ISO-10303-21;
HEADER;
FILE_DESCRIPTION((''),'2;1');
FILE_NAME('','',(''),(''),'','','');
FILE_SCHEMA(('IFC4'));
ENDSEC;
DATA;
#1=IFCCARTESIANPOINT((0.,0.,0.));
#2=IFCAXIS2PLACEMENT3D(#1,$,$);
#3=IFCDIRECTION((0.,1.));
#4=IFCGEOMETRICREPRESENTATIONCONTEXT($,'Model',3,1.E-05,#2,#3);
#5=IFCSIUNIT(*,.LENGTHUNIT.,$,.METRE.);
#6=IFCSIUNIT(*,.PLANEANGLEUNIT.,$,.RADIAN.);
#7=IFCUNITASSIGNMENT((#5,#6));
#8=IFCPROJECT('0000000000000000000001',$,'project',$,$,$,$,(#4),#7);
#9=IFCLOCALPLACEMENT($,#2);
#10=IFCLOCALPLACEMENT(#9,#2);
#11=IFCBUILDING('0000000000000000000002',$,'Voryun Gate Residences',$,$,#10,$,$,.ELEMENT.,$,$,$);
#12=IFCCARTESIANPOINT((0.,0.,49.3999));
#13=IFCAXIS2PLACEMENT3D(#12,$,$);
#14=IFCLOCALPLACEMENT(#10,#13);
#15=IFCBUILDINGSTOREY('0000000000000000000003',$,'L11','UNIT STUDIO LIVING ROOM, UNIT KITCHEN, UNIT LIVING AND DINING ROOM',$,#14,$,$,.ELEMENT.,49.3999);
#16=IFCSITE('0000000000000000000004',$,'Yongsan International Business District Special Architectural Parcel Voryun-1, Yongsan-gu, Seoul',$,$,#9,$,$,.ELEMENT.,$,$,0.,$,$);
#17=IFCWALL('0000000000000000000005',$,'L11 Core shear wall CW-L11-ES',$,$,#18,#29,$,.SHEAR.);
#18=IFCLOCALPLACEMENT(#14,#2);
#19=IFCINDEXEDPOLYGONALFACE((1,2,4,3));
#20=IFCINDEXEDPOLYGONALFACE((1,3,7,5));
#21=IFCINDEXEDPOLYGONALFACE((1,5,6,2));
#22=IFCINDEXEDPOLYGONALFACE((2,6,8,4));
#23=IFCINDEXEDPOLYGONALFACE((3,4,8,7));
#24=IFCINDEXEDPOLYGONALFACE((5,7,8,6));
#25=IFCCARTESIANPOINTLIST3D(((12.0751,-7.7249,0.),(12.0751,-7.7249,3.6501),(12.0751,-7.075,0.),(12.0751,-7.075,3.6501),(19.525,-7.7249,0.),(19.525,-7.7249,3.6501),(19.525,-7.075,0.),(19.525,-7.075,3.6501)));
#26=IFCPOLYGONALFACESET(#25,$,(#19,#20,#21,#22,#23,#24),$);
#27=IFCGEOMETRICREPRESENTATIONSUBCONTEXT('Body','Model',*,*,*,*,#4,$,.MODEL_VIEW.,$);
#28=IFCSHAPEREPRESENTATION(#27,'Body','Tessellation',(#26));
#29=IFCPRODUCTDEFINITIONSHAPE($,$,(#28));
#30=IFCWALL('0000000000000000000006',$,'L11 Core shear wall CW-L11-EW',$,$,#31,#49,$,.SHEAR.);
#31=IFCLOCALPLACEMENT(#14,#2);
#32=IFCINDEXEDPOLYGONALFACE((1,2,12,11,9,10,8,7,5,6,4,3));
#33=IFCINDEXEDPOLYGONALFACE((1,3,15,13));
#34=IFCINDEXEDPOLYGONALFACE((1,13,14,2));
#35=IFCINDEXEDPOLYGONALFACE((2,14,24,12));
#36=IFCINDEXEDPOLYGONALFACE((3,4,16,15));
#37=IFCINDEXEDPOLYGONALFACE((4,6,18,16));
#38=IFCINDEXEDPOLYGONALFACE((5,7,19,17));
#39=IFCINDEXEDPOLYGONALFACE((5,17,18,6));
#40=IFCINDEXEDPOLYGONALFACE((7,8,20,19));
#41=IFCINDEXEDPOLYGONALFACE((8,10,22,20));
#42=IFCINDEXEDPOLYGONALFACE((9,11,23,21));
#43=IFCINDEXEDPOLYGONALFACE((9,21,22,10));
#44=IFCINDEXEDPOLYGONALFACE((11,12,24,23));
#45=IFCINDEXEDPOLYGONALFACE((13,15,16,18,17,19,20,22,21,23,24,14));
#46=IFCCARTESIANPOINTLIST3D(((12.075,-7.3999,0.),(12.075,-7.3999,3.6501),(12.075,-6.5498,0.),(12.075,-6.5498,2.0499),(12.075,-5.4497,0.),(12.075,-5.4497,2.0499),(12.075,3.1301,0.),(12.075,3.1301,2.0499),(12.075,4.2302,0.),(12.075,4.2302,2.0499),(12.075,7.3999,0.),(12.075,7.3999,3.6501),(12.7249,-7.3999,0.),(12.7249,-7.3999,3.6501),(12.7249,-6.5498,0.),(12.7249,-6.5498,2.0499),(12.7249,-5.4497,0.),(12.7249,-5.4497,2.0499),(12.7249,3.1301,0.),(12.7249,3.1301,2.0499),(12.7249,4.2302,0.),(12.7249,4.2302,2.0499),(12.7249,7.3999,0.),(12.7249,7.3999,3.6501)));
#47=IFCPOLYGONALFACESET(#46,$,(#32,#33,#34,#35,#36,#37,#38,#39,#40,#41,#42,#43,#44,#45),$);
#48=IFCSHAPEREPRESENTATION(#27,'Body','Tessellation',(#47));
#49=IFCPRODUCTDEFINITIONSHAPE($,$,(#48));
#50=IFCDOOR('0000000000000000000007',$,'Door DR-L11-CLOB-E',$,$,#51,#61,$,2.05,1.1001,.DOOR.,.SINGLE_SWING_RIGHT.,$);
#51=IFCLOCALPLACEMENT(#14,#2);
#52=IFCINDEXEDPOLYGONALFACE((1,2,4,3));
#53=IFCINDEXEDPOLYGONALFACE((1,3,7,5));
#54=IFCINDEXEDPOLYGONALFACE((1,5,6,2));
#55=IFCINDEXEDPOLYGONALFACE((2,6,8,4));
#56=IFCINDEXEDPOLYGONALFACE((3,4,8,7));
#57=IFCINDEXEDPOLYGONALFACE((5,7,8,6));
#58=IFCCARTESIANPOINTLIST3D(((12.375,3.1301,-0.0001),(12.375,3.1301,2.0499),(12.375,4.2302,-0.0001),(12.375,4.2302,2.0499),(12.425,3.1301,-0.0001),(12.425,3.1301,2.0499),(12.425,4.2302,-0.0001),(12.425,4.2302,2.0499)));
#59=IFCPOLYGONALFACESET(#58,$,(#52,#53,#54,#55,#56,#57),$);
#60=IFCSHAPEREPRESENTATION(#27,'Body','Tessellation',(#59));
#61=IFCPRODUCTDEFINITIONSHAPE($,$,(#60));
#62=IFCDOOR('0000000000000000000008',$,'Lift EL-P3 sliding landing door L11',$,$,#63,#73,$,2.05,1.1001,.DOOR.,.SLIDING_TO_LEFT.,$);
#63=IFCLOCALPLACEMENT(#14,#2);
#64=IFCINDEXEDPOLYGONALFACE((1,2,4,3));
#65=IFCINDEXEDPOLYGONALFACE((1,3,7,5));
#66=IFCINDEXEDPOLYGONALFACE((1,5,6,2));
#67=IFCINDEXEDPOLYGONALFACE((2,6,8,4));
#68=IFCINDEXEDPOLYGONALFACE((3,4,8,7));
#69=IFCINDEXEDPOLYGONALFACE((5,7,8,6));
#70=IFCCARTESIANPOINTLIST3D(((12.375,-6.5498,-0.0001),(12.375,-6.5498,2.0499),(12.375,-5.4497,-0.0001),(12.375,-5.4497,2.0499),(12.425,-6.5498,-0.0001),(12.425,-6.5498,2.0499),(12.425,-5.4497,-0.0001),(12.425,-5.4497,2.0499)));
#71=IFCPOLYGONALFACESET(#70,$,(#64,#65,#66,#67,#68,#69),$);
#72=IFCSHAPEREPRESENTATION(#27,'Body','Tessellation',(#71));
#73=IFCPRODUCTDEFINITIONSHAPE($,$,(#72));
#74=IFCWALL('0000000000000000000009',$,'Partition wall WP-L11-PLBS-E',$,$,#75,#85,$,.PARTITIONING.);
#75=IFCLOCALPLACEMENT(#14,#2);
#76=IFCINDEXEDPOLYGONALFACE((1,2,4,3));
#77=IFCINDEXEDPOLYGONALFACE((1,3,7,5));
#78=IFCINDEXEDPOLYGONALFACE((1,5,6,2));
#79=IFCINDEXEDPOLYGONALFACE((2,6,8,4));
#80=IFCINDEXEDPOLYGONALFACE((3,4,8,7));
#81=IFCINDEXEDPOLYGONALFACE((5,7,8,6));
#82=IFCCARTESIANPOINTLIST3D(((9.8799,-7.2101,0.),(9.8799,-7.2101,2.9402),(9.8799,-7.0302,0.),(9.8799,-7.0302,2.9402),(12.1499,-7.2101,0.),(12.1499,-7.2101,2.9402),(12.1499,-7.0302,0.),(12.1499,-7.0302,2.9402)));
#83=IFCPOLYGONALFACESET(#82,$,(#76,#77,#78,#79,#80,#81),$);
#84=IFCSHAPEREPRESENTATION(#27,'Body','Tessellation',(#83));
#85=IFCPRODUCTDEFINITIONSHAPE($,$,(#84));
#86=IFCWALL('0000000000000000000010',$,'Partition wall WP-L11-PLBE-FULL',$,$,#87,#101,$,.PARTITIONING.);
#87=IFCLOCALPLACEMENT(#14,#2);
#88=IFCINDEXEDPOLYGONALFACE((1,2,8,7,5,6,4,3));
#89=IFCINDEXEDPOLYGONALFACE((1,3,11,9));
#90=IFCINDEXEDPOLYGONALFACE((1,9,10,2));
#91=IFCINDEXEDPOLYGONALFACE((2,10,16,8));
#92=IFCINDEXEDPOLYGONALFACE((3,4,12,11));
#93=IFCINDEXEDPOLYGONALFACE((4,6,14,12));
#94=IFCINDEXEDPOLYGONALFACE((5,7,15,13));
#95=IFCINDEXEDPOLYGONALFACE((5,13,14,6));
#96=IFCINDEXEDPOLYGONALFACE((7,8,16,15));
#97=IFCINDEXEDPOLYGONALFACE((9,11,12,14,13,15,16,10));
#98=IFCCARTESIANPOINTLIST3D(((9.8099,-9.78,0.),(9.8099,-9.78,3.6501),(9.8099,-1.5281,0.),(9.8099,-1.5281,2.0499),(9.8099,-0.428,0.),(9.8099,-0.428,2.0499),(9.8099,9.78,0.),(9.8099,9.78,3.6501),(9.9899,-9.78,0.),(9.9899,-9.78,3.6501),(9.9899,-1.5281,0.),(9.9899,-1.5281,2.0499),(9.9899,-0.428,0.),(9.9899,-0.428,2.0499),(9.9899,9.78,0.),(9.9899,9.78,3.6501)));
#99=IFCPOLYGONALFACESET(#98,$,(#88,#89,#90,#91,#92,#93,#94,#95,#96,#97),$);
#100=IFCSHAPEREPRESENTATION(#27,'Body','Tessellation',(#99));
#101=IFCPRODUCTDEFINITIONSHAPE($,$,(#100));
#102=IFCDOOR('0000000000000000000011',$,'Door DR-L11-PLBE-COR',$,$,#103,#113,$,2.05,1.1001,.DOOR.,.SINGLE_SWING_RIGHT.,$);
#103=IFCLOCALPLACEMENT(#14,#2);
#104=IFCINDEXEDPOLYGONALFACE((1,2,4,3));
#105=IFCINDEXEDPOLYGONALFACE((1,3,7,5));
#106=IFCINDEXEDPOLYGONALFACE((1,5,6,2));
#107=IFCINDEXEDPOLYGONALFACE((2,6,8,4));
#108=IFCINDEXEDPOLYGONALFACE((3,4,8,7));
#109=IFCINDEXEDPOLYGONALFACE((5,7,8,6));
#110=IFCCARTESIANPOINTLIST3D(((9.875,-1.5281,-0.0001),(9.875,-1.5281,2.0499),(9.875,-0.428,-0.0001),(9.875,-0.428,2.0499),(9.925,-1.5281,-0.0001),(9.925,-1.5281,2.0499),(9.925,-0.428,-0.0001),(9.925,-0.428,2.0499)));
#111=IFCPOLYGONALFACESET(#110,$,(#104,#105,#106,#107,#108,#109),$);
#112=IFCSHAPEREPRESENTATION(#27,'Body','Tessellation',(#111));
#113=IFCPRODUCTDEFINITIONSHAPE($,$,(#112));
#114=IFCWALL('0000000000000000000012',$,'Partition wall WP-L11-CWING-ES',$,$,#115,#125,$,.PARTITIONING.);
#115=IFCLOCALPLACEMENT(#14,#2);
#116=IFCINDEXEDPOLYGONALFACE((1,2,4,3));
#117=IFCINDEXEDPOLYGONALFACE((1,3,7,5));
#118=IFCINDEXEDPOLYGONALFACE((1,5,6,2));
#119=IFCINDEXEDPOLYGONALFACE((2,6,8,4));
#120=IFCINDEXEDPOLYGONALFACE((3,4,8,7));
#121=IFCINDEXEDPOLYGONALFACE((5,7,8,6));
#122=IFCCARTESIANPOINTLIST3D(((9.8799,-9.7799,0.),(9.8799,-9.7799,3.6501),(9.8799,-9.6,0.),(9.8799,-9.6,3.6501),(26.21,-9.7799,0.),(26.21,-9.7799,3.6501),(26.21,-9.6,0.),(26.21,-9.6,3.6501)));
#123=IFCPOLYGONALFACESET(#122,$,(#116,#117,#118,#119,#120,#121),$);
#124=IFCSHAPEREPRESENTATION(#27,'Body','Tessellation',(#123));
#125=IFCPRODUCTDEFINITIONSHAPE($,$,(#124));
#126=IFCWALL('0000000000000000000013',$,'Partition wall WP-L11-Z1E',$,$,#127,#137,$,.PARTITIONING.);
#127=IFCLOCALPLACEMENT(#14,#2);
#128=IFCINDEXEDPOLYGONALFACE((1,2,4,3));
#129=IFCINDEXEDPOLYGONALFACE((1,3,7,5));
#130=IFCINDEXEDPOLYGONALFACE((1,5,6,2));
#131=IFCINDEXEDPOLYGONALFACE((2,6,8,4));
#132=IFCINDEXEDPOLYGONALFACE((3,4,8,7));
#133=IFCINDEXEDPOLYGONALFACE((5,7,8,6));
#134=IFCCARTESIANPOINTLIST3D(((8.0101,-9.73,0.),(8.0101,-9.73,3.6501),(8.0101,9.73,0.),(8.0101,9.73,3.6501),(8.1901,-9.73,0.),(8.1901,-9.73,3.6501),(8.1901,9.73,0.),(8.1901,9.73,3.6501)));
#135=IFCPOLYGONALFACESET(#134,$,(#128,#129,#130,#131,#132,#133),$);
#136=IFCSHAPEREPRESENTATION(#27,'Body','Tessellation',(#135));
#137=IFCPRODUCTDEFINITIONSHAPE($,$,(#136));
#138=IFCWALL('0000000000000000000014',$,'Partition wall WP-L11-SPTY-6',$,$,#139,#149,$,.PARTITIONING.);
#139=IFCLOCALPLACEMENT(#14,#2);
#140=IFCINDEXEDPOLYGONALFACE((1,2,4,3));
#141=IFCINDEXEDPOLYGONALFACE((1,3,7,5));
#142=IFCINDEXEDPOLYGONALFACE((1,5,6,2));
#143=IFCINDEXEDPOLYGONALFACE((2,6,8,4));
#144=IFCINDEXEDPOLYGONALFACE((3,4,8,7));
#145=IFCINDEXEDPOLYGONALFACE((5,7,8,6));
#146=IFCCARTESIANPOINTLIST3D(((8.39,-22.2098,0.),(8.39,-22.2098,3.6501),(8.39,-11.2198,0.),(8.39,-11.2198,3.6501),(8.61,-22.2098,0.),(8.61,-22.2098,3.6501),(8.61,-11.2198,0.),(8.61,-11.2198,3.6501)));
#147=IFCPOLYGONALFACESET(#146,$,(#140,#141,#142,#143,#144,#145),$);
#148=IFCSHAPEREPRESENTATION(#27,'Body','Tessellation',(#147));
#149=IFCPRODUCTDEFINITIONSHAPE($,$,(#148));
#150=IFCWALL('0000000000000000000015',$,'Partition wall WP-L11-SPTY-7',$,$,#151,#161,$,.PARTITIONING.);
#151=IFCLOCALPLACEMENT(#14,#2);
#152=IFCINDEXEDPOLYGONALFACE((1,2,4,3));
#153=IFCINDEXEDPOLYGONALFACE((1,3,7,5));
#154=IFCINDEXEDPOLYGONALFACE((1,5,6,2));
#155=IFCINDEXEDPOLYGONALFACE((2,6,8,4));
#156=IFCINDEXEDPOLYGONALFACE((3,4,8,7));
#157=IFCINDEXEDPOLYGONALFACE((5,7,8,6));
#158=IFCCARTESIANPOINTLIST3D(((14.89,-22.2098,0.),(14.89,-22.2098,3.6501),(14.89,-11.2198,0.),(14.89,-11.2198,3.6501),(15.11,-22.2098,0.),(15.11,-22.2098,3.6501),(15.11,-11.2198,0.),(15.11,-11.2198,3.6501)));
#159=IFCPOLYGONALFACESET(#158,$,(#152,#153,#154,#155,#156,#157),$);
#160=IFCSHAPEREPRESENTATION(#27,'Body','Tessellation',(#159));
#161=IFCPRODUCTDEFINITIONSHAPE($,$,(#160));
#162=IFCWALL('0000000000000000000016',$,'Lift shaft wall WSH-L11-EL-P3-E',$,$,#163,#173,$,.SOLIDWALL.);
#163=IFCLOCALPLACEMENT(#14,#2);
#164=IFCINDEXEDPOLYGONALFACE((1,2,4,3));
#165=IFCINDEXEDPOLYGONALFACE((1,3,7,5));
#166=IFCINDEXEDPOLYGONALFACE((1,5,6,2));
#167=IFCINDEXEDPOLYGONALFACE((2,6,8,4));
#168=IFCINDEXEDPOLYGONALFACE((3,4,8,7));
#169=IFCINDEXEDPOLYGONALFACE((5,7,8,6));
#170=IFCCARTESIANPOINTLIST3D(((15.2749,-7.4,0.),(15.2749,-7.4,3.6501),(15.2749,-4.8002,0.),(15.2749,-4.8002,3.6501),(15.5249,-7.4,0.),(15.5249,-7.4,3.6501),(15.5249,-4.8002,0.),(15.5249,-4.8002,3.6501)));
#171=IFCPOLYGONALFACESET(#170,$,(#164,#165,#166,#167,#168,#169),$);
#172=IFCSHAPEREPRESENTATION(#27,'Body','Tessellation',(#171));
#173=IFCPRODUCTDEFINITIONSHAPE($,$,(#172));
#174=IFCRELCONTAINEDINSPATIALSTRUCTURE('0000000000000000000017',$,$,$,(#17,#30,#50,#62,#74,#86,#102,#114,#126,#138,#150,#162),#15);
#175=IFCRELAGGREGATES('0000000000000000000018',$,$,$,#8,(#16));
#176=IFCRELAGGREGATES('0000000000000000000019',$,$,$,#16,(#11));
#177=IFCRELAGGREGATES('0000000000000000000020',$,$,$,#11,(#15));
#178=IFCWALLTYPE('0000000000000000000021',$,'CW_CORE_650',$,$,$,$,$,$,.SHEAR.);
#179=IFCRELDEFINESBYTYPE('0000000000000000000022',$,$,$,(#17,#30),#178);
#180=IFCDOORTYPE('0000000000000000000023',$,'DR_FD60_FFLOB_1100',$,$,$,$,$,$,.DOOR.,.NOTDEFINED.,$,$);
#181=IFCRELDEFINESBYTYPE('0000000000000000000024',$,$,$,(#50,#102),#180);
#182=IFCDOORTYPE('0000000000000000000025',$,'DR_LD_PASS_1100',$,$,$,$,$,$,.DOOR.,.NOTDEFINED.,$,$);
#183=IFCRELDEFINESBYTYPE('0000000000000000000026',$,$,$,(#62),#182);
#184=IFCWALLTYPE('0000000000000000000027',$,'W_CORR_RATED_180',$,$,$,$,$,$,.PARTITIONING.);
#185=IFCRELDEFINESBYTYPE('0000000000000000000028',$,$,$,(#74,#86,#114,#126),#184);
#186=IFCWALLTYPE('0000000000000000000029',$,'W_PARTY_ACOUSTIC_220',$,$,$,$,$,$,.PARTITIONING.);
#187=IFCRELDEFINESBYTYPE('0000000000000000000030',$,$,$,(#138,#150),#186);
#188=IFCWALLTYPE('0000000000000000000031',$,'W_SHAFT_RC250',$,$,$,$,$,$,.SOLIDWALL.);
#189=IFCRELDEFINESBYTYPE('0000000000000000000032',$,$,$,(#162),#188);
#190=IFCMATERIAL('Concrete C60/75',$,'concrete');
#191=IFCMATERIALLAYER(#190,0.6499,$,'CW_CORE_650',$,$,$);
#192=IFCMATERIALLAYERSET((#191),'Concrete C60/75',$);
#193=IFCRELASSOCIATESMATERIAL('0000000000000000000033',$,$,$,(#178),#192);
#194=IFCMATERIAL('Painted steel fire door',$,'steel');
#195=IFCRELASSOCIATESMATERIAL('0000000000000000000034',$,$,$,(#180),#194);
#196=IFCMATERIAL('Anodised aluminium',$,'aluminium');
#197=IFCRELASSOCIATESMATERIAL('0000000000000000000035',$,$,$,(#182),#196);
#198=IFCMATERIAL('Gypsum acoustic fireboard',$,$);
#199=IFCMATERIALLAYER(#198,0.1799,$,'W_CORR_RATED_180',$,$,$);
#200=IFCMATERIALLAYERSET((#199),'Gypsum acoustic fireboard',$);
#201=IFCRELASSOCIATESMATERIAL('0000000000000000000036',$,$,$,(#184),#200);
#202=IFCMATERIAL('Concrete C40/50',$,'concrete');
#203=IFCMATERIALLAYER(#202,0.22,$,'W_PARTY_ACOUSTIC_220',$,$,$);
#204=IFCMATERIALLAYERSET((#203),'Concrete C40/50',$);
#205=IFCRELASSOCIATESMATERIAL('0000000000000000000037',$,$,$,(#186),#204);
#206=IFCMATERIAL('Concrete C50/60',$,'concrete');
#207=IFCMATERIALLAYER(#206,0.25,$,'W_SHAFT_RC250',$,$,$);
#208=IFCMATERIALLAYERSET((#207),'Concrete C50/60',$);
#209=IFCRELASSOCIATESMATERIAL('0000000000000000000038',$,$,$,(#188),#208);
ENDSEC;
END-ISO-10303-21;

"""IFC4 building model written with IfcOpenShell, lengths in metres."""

from ifc_helpers import new_model, si_unit, direction, frame, frame_2d, origin, place, context, subcontext, project, spatial, rectangle, extrude, material, layer, layer_set, type_object, element, fill, save


model = new_model("IFC4")

# Units and contexts
model_context = context("Model", 3, precision=1e-05, world=origin(), true_north=direction((0.0, 1.0)))
body_context = subcontext(model_context, "Body", "Model", "MODEL_VIEW")
ifc_project = project(units=[si_unit("LENGTHUNIT", "METRE"), si_unit("PLANEANGLEUNIT", "RADIAN")], contexts=[model_context])

# Site, building, storey
site_placement = place(None, origin())
site = spatial("IfcSite", under=ifc_project, at=site_placement, Name="Yongsan International Business District Special Architectural Parcel Voryun-1, Yongsan-gu, Seoul", CompositionType="ELEMENT", RefElevation=0.0)
building_placement = place(site_placement, origin())
building = spatial("IfcBuilding", under=site, at=building_placement, Name="Voryun Gate Residences", CompositionType="ELEMENT")
storey_placement = place(building_placement, frame((0.0, 0.0, 49.3999)))
storey = spatial("IfcBuildingStorey", under=building, at=storey_placement, Name="L11", Description="UNIT STUDIO LIVING ROOM, UNIT KITCHEN, UNIT LIVING AND DINING ROOM", CompositionType="ELEMENT", Elevation=49.3999)

# Wall
ifc_material_1 = material(Name="Concrete C60/75", Category="concrete")
ifc_layer_1 = layer(ifc_material_1, 0.6499, Name="CW_CORE_650")
ifc_layer_set_1 = layer_set([ifc_layer_1], Name="Concrete C60/75")
wall_type_1 = type_object("IfcWallType", Name="CW_CORE_650", PredefinedType="SHEAR", material=ifc_layer_set_1)
wall_1_placement = place(storey_placement, frame((12.075, -7.3999, 0.0), z_axis=(0.0, 0.0, 1.0), x_axis=(1.0, 0.0, 0.0)))
element("IfcWall", 1, at=wall_1_placement, inside=storey, type_object=wall_type_1, Name="L11 Core shear wall CW-L11-ES", PredefinedType="SHEAR", context=body_context, shape_type="SweptSolid", body=[
    extrude(rectangle(XDim=7.45, YDim=0.6499, at=frame_2d((3.7251, 0.0))), origin(), (0.0, 0.0, 1.0), 3.6501),
])

# Wall, openings, doors
wall_2_placement = place(storey_placement, frame((12.3999, -7.3999, 0.0), z_axis=(0.0, 0.0, 1.0), x_axis=(0.0, 1.0, 0.0)))
wall_2 = element("IfcWall", 2, at=wall_2_placement, inside=storey, type_object=wall_type_1, Name="L11 Core shear wall CW-L11-EW", PredefinedType="SHEAR", context=body_context, shape_type="SweptSolid", body=[
    extrude(rectangle(XDim=14.7998, YDim=0.6499, at=frame_2d((7.3999, 0.0))), origin(), (0.0, 0.0, 1.0), 3.6501),
])
opening_1_placement = place(wall_2_placement, frame((0.8501, 0.0, 0.0)))
opening_1 = element("IfcOpeningElement", 3, at=opening_1_placement, cuts=wall_2, PredefinedType="OPENING", context=body_context, shape_type="SweptSolid", body=[
    extrude(rectangle(XDim=1.1001, YDim=2.05, at=frame_2d((0.55, 1.0249))), frame((0.0, 0.335, 0.0), z_axis=(0.0, -1.0, 0.0), x_axis=(1.0, 0.0, 0.0)), (0.0, 0.0, 1.0), 0.6699),
])
opening_2_placement = place(wall_2_placement, frame((10.53, 0.0, 0.0)))
opening_2 = element("IfcOpeningElement", 4, at=opening_2_placement, cuts=wall_2, PredefinedType="OPENING", context=body_context, shape_type="SweptSolid", body=[
    extrude(rectangle(XDim=1.1001, YDim=2.05, at=frame_2d((0.55, 1.0249))), frame((0.0, 0.335, 0.0), z_axis=(0.0, -1.0, 0.0), x_axis=(1.0, 0.0, 0.0)), (0.0, 0.0, 1.0), 0.6699),
])
ifc_material_2 = material(Name="Painted steel fire door", Category="steel")
door_type_1 = type_object("IfcDoorType", Name="DR_FD60_FFLOB_1100", OperationType="NOTDEFINED", PredefinedType="DOOR", material=ifc_material_2)
door_1_placement = place(opening_2_placement, origin())
door_1 = element("IfcDoor", 5, at=door_1_placement, inside=storey, type_object=door_type_1, Name="Door DR-L11-CLOB-E", OperationType="SINGLE_SWING_RIGHT", OverallHeight=2.05, OverallWidth=1.1001, PredefinedType="DOOR", context=body_context, shape_type="SweptSolid", body=[
    extrude(rectangle(XDim=1.1001, YDim=2.05, at=frame_2d((0.55, 1.0249))), frame((0.0, 0.0249, 0.0), z_axis=(0.0, -1.0, 0.0), x_axis=(1.0, 0.0, 0.0)), (0.0, 0.0, 1.0), 0.05),
])
fill(opening_2, door_1)
ifc_material_3 = material(Name="Anodised aluminium", Category="aluminium")
door_type_2 = type_object("IfcDoorType", Name="DR_LD_PASS_1100", OperationType="NOTDEFINED", PredefinedType="DOOR", material=ifc_material_3)
door_2_placement = place(opening_1_placement, origin())
door_2 = element("IfcDoor", 6, at=door_2_placement, inside=storey, type_object=door_type_2, Name="Lift EL-P3 sliding landing door L11", OperationType="SLIDING_TO_LEFT", OverallHeight=2.05, OverallWidth=1.1001, PredefinedType="DOOR", context=body_context, shape_type="SweptSolid", body=[
    extrude(rectangle(XDim=1.1001, YDim=2.05, at=frame_2d((0.55, 1.0249))), frame((0.0, 0.0249, 0.0), z_axis=(0.0, -1.0, 0.0), x_axis=(1.0, 0.0, 0.0)), (0.0, 0.0, 1.0), 0.05),
])
fill(opening_1, door_2)

# Wall
ifc_material_4 = material(Name="Gypsum acoustic fireboard")
ifc_layer_2 = layer(ifc_material_4, 0.1799, Name="W_CORR_RATED_180")
ifc_layer_set_2 = layer_set([ifc_layer_2], Name="Gypsum acoustic fireboard")
wall_type_2 = type_object("IfcWallType", Name="W_CORR_RATED_180", PredefinedType="PARTITIONING", material=ifc_layer_set_2)
wall_3_placement = place(storey_placement, frame((9.8799, -7.1201, 0.0), z_axis=(0.0, 0.0, 1.0), x_axis=(1.0, 0.0, 0.0)))
element("IfcWall", 7, at=wall_3_placement, inside=storey, type_object=wall_type_2, Name="Partition wall WP-L11-PLBS-E", PredefinedType="PARTITIONING", context=body_context, shape_type="SweptSolid", body=[
    extrude(rectangle(XDim=2.27, YDim=0.1799, at=frame_2d((1.135, 0.0))), origin(), (0.0, 0.0, 1.0), 2.9402),
])

# Wall, opening, door
wall_4_placement = place(storey_placement, frame((9.8999, -9.78, 0.0), z_axis=(0.0, 0.0, 1.0), x_axis=(0.0, 1.0, 0.0)))
wall_4 = element("IfcWall", 8, at=wall_4_placement, inside=storey, type_object=wall_type_2, Name="Partition wall WP-L11-PLBE-FULL", PredefinedType="PARTITIONING", context=body_context, shape_type="SweptSolid", body=[
    extrude(rectangle(XDim=19.5601, YDim=0.1799, at=frame_2d((9.78, 0.0))), origin(), (0.0, 0.0, 1.0), 3.6501),
])
opening_3_placement = place(wall_4_placement, frame((8.252, 0.0, 0.0)))
opening_3 = element("IfcOpeningElement", 9, at=opening_3_placement, cuts=wall_4, PredefinedType="OPENING", context=body_context, shape_type="SweptSolid", body=[
    extrude(rectangle(XDim=1.1001, YDim=2.05, at=frame_2d((0.55, 1.0249))), frame((0.0, 0.0999, 0.0), z_axis=(0.0, -1.0, 0.0), x_axis=(1.0, 0.0, 0.0)), (0.0, 0.0, 1.0), 0.2),
])
door_3_placement = place(opening_3_placement, origin())
door_3 = element("IfcDoor", 10, at=door_3_placement, inside=storey, type_object=door_type_1, Name="Door DR-L11-PLBE-COR", OperationType="SINGLE_SWING_RIGHT", OverallHeight=2.05, OverallWidth=1.1001, PredefinedType="DOOR", context=body_context, shape_type="SweptSolid", body=[
    extrude(rectangle(XDim=1.1001, YDim=2.05, at=frame_2d((0.55, 1.0249))), frame((0.0, 0.0249, 0.0), z_axis=(0.0, -1.0, 0.0), x_axis=(1.0, 0.0, 0.0)), (0.0, 0.0, 1.0), 0.05),
])
fill(opening_3, door_3)

# Walls
wall_5_placement = place(storey_placement, frame((9.8799, -9.6899, 0.0), z_axis=(0.0, 0.0, 1.0), x_axis=(1.0, 0.0, 0.0)))
element("IfcWall", 11, at=wall_5_placement, inside=storey, type_object=wall_type_2, Name="Partition wall WP-L11-CWING-ES", PredefinedType="PARTITIONING", context=body_context, shape_type="SweptSolid", body=[
    extrude(rectangle(XDim=16.3301, YDim=0.1799, at=frame_2d((8.165, 0.0))), origin(), (0.0, 0.0, 1.0), 3.6501),
])
wall_6_placement = place(storey_placement, frame((8.1001, -9.73, 0.0), z_axis=(0.0, 0.0, 1.0), x_axis=(0.0, 1.0, 0.0)))
element("IfcWall", 12, at=wall_6_placement, inside=storey, type_object=wall_type_2, Name="Partition wall WP-L11-Z1E", PredefinedType="PARTITIONING", context=body_context, shape_type="SweptSolid", body=[
    extrude(rectangle(XDim=19.46, YDim=0.1799, at=frame_2d((9.73, 0.0))), origin(), (0.0, 0.0, 1.0), 3.6501),
])
ifc_material_5 = material(Name="Concrete C40/50", Category="concrete")
ifc_layer_3 = layer(ifc_material_5, 0.22, Name="W_PARTY_ACOUSTIC_220")
ifc_layer_set_3 = layer_set([ifc_layer_3], Name="Concrete C40/50")
wall_type_3 = type_object("IfcWallType", Name="W_PARTY_ACOUSTIC_220", PredefinedType="PARTITIONING", material=ifc_layer_set_3)
for number, where, z_axis, x_axis, name in (
    (13, (8.5, -22.21, 0.0), (0.0, 0.0, 1.0), (0.0, 1.0, 0.0), "Partition wall WP-L11-SPTY-6"),
    (14, (15.0, -22.21, 0.0), (0.0, 0.0, 1.0), (0.0, 1.0, 0.0), "Partition wall WP-L11-SPTY-7"),
):
    element("IfcWall", number, at=place(storey_placement, frame(where, z_axis=z_axis, x_axis=x_axis)), inside=storey, type_object=wall_type_3, Name=name, PredefinedType="PARTITIONING", context=body_context, shape_type="SweptSolid", body=[
        extrude(rectangle(XDim=10.99, YDim=0.22, at=frame_2d((5.4951, 0.0))), origin(), (0.0, 0.0, 1.0), 3.6501),
    ])
ifc_material_6 = material(Name="Concrete C50/60", Category="concrete")
ifc_layer_4 = layer(ifc_material_6, 0.25, Name="W_SHAFT_RC250")
ifc_layer_set_4 = layer_set([ifc_layer_4], Name="Concrete C50/60")
wall_type_4 = type_object("IfcWallType", Name="W_SHAFT_RC250", PredefinedType="SOLIDWALL", material=ifc_layer_set_4)
wall_7_placement = place(storey_placement, frame((15.3999, -7.3999, 0.0), z_axis=(0.0, 0.0, 1.0), x_axis=(0.0, 1.0, 0.0)))
element("IfcWall", 15, at=wall_7_placement, inside=storey, type_object=wall_type_4, Name="Lift shaft wall WSH-L11-EL-P3-E", PredefinedType="SOLIDWALL", context=body_context, shape_type="SweptSolid", body=[
    extrude(rectangle(XDim=2.5999, YDim=0.25, at=frame_2d((1.2998, 0.0))), origin(), (0.0, 0.0, 1.0), 3.6501),
])

save(model, "model.ifc")
